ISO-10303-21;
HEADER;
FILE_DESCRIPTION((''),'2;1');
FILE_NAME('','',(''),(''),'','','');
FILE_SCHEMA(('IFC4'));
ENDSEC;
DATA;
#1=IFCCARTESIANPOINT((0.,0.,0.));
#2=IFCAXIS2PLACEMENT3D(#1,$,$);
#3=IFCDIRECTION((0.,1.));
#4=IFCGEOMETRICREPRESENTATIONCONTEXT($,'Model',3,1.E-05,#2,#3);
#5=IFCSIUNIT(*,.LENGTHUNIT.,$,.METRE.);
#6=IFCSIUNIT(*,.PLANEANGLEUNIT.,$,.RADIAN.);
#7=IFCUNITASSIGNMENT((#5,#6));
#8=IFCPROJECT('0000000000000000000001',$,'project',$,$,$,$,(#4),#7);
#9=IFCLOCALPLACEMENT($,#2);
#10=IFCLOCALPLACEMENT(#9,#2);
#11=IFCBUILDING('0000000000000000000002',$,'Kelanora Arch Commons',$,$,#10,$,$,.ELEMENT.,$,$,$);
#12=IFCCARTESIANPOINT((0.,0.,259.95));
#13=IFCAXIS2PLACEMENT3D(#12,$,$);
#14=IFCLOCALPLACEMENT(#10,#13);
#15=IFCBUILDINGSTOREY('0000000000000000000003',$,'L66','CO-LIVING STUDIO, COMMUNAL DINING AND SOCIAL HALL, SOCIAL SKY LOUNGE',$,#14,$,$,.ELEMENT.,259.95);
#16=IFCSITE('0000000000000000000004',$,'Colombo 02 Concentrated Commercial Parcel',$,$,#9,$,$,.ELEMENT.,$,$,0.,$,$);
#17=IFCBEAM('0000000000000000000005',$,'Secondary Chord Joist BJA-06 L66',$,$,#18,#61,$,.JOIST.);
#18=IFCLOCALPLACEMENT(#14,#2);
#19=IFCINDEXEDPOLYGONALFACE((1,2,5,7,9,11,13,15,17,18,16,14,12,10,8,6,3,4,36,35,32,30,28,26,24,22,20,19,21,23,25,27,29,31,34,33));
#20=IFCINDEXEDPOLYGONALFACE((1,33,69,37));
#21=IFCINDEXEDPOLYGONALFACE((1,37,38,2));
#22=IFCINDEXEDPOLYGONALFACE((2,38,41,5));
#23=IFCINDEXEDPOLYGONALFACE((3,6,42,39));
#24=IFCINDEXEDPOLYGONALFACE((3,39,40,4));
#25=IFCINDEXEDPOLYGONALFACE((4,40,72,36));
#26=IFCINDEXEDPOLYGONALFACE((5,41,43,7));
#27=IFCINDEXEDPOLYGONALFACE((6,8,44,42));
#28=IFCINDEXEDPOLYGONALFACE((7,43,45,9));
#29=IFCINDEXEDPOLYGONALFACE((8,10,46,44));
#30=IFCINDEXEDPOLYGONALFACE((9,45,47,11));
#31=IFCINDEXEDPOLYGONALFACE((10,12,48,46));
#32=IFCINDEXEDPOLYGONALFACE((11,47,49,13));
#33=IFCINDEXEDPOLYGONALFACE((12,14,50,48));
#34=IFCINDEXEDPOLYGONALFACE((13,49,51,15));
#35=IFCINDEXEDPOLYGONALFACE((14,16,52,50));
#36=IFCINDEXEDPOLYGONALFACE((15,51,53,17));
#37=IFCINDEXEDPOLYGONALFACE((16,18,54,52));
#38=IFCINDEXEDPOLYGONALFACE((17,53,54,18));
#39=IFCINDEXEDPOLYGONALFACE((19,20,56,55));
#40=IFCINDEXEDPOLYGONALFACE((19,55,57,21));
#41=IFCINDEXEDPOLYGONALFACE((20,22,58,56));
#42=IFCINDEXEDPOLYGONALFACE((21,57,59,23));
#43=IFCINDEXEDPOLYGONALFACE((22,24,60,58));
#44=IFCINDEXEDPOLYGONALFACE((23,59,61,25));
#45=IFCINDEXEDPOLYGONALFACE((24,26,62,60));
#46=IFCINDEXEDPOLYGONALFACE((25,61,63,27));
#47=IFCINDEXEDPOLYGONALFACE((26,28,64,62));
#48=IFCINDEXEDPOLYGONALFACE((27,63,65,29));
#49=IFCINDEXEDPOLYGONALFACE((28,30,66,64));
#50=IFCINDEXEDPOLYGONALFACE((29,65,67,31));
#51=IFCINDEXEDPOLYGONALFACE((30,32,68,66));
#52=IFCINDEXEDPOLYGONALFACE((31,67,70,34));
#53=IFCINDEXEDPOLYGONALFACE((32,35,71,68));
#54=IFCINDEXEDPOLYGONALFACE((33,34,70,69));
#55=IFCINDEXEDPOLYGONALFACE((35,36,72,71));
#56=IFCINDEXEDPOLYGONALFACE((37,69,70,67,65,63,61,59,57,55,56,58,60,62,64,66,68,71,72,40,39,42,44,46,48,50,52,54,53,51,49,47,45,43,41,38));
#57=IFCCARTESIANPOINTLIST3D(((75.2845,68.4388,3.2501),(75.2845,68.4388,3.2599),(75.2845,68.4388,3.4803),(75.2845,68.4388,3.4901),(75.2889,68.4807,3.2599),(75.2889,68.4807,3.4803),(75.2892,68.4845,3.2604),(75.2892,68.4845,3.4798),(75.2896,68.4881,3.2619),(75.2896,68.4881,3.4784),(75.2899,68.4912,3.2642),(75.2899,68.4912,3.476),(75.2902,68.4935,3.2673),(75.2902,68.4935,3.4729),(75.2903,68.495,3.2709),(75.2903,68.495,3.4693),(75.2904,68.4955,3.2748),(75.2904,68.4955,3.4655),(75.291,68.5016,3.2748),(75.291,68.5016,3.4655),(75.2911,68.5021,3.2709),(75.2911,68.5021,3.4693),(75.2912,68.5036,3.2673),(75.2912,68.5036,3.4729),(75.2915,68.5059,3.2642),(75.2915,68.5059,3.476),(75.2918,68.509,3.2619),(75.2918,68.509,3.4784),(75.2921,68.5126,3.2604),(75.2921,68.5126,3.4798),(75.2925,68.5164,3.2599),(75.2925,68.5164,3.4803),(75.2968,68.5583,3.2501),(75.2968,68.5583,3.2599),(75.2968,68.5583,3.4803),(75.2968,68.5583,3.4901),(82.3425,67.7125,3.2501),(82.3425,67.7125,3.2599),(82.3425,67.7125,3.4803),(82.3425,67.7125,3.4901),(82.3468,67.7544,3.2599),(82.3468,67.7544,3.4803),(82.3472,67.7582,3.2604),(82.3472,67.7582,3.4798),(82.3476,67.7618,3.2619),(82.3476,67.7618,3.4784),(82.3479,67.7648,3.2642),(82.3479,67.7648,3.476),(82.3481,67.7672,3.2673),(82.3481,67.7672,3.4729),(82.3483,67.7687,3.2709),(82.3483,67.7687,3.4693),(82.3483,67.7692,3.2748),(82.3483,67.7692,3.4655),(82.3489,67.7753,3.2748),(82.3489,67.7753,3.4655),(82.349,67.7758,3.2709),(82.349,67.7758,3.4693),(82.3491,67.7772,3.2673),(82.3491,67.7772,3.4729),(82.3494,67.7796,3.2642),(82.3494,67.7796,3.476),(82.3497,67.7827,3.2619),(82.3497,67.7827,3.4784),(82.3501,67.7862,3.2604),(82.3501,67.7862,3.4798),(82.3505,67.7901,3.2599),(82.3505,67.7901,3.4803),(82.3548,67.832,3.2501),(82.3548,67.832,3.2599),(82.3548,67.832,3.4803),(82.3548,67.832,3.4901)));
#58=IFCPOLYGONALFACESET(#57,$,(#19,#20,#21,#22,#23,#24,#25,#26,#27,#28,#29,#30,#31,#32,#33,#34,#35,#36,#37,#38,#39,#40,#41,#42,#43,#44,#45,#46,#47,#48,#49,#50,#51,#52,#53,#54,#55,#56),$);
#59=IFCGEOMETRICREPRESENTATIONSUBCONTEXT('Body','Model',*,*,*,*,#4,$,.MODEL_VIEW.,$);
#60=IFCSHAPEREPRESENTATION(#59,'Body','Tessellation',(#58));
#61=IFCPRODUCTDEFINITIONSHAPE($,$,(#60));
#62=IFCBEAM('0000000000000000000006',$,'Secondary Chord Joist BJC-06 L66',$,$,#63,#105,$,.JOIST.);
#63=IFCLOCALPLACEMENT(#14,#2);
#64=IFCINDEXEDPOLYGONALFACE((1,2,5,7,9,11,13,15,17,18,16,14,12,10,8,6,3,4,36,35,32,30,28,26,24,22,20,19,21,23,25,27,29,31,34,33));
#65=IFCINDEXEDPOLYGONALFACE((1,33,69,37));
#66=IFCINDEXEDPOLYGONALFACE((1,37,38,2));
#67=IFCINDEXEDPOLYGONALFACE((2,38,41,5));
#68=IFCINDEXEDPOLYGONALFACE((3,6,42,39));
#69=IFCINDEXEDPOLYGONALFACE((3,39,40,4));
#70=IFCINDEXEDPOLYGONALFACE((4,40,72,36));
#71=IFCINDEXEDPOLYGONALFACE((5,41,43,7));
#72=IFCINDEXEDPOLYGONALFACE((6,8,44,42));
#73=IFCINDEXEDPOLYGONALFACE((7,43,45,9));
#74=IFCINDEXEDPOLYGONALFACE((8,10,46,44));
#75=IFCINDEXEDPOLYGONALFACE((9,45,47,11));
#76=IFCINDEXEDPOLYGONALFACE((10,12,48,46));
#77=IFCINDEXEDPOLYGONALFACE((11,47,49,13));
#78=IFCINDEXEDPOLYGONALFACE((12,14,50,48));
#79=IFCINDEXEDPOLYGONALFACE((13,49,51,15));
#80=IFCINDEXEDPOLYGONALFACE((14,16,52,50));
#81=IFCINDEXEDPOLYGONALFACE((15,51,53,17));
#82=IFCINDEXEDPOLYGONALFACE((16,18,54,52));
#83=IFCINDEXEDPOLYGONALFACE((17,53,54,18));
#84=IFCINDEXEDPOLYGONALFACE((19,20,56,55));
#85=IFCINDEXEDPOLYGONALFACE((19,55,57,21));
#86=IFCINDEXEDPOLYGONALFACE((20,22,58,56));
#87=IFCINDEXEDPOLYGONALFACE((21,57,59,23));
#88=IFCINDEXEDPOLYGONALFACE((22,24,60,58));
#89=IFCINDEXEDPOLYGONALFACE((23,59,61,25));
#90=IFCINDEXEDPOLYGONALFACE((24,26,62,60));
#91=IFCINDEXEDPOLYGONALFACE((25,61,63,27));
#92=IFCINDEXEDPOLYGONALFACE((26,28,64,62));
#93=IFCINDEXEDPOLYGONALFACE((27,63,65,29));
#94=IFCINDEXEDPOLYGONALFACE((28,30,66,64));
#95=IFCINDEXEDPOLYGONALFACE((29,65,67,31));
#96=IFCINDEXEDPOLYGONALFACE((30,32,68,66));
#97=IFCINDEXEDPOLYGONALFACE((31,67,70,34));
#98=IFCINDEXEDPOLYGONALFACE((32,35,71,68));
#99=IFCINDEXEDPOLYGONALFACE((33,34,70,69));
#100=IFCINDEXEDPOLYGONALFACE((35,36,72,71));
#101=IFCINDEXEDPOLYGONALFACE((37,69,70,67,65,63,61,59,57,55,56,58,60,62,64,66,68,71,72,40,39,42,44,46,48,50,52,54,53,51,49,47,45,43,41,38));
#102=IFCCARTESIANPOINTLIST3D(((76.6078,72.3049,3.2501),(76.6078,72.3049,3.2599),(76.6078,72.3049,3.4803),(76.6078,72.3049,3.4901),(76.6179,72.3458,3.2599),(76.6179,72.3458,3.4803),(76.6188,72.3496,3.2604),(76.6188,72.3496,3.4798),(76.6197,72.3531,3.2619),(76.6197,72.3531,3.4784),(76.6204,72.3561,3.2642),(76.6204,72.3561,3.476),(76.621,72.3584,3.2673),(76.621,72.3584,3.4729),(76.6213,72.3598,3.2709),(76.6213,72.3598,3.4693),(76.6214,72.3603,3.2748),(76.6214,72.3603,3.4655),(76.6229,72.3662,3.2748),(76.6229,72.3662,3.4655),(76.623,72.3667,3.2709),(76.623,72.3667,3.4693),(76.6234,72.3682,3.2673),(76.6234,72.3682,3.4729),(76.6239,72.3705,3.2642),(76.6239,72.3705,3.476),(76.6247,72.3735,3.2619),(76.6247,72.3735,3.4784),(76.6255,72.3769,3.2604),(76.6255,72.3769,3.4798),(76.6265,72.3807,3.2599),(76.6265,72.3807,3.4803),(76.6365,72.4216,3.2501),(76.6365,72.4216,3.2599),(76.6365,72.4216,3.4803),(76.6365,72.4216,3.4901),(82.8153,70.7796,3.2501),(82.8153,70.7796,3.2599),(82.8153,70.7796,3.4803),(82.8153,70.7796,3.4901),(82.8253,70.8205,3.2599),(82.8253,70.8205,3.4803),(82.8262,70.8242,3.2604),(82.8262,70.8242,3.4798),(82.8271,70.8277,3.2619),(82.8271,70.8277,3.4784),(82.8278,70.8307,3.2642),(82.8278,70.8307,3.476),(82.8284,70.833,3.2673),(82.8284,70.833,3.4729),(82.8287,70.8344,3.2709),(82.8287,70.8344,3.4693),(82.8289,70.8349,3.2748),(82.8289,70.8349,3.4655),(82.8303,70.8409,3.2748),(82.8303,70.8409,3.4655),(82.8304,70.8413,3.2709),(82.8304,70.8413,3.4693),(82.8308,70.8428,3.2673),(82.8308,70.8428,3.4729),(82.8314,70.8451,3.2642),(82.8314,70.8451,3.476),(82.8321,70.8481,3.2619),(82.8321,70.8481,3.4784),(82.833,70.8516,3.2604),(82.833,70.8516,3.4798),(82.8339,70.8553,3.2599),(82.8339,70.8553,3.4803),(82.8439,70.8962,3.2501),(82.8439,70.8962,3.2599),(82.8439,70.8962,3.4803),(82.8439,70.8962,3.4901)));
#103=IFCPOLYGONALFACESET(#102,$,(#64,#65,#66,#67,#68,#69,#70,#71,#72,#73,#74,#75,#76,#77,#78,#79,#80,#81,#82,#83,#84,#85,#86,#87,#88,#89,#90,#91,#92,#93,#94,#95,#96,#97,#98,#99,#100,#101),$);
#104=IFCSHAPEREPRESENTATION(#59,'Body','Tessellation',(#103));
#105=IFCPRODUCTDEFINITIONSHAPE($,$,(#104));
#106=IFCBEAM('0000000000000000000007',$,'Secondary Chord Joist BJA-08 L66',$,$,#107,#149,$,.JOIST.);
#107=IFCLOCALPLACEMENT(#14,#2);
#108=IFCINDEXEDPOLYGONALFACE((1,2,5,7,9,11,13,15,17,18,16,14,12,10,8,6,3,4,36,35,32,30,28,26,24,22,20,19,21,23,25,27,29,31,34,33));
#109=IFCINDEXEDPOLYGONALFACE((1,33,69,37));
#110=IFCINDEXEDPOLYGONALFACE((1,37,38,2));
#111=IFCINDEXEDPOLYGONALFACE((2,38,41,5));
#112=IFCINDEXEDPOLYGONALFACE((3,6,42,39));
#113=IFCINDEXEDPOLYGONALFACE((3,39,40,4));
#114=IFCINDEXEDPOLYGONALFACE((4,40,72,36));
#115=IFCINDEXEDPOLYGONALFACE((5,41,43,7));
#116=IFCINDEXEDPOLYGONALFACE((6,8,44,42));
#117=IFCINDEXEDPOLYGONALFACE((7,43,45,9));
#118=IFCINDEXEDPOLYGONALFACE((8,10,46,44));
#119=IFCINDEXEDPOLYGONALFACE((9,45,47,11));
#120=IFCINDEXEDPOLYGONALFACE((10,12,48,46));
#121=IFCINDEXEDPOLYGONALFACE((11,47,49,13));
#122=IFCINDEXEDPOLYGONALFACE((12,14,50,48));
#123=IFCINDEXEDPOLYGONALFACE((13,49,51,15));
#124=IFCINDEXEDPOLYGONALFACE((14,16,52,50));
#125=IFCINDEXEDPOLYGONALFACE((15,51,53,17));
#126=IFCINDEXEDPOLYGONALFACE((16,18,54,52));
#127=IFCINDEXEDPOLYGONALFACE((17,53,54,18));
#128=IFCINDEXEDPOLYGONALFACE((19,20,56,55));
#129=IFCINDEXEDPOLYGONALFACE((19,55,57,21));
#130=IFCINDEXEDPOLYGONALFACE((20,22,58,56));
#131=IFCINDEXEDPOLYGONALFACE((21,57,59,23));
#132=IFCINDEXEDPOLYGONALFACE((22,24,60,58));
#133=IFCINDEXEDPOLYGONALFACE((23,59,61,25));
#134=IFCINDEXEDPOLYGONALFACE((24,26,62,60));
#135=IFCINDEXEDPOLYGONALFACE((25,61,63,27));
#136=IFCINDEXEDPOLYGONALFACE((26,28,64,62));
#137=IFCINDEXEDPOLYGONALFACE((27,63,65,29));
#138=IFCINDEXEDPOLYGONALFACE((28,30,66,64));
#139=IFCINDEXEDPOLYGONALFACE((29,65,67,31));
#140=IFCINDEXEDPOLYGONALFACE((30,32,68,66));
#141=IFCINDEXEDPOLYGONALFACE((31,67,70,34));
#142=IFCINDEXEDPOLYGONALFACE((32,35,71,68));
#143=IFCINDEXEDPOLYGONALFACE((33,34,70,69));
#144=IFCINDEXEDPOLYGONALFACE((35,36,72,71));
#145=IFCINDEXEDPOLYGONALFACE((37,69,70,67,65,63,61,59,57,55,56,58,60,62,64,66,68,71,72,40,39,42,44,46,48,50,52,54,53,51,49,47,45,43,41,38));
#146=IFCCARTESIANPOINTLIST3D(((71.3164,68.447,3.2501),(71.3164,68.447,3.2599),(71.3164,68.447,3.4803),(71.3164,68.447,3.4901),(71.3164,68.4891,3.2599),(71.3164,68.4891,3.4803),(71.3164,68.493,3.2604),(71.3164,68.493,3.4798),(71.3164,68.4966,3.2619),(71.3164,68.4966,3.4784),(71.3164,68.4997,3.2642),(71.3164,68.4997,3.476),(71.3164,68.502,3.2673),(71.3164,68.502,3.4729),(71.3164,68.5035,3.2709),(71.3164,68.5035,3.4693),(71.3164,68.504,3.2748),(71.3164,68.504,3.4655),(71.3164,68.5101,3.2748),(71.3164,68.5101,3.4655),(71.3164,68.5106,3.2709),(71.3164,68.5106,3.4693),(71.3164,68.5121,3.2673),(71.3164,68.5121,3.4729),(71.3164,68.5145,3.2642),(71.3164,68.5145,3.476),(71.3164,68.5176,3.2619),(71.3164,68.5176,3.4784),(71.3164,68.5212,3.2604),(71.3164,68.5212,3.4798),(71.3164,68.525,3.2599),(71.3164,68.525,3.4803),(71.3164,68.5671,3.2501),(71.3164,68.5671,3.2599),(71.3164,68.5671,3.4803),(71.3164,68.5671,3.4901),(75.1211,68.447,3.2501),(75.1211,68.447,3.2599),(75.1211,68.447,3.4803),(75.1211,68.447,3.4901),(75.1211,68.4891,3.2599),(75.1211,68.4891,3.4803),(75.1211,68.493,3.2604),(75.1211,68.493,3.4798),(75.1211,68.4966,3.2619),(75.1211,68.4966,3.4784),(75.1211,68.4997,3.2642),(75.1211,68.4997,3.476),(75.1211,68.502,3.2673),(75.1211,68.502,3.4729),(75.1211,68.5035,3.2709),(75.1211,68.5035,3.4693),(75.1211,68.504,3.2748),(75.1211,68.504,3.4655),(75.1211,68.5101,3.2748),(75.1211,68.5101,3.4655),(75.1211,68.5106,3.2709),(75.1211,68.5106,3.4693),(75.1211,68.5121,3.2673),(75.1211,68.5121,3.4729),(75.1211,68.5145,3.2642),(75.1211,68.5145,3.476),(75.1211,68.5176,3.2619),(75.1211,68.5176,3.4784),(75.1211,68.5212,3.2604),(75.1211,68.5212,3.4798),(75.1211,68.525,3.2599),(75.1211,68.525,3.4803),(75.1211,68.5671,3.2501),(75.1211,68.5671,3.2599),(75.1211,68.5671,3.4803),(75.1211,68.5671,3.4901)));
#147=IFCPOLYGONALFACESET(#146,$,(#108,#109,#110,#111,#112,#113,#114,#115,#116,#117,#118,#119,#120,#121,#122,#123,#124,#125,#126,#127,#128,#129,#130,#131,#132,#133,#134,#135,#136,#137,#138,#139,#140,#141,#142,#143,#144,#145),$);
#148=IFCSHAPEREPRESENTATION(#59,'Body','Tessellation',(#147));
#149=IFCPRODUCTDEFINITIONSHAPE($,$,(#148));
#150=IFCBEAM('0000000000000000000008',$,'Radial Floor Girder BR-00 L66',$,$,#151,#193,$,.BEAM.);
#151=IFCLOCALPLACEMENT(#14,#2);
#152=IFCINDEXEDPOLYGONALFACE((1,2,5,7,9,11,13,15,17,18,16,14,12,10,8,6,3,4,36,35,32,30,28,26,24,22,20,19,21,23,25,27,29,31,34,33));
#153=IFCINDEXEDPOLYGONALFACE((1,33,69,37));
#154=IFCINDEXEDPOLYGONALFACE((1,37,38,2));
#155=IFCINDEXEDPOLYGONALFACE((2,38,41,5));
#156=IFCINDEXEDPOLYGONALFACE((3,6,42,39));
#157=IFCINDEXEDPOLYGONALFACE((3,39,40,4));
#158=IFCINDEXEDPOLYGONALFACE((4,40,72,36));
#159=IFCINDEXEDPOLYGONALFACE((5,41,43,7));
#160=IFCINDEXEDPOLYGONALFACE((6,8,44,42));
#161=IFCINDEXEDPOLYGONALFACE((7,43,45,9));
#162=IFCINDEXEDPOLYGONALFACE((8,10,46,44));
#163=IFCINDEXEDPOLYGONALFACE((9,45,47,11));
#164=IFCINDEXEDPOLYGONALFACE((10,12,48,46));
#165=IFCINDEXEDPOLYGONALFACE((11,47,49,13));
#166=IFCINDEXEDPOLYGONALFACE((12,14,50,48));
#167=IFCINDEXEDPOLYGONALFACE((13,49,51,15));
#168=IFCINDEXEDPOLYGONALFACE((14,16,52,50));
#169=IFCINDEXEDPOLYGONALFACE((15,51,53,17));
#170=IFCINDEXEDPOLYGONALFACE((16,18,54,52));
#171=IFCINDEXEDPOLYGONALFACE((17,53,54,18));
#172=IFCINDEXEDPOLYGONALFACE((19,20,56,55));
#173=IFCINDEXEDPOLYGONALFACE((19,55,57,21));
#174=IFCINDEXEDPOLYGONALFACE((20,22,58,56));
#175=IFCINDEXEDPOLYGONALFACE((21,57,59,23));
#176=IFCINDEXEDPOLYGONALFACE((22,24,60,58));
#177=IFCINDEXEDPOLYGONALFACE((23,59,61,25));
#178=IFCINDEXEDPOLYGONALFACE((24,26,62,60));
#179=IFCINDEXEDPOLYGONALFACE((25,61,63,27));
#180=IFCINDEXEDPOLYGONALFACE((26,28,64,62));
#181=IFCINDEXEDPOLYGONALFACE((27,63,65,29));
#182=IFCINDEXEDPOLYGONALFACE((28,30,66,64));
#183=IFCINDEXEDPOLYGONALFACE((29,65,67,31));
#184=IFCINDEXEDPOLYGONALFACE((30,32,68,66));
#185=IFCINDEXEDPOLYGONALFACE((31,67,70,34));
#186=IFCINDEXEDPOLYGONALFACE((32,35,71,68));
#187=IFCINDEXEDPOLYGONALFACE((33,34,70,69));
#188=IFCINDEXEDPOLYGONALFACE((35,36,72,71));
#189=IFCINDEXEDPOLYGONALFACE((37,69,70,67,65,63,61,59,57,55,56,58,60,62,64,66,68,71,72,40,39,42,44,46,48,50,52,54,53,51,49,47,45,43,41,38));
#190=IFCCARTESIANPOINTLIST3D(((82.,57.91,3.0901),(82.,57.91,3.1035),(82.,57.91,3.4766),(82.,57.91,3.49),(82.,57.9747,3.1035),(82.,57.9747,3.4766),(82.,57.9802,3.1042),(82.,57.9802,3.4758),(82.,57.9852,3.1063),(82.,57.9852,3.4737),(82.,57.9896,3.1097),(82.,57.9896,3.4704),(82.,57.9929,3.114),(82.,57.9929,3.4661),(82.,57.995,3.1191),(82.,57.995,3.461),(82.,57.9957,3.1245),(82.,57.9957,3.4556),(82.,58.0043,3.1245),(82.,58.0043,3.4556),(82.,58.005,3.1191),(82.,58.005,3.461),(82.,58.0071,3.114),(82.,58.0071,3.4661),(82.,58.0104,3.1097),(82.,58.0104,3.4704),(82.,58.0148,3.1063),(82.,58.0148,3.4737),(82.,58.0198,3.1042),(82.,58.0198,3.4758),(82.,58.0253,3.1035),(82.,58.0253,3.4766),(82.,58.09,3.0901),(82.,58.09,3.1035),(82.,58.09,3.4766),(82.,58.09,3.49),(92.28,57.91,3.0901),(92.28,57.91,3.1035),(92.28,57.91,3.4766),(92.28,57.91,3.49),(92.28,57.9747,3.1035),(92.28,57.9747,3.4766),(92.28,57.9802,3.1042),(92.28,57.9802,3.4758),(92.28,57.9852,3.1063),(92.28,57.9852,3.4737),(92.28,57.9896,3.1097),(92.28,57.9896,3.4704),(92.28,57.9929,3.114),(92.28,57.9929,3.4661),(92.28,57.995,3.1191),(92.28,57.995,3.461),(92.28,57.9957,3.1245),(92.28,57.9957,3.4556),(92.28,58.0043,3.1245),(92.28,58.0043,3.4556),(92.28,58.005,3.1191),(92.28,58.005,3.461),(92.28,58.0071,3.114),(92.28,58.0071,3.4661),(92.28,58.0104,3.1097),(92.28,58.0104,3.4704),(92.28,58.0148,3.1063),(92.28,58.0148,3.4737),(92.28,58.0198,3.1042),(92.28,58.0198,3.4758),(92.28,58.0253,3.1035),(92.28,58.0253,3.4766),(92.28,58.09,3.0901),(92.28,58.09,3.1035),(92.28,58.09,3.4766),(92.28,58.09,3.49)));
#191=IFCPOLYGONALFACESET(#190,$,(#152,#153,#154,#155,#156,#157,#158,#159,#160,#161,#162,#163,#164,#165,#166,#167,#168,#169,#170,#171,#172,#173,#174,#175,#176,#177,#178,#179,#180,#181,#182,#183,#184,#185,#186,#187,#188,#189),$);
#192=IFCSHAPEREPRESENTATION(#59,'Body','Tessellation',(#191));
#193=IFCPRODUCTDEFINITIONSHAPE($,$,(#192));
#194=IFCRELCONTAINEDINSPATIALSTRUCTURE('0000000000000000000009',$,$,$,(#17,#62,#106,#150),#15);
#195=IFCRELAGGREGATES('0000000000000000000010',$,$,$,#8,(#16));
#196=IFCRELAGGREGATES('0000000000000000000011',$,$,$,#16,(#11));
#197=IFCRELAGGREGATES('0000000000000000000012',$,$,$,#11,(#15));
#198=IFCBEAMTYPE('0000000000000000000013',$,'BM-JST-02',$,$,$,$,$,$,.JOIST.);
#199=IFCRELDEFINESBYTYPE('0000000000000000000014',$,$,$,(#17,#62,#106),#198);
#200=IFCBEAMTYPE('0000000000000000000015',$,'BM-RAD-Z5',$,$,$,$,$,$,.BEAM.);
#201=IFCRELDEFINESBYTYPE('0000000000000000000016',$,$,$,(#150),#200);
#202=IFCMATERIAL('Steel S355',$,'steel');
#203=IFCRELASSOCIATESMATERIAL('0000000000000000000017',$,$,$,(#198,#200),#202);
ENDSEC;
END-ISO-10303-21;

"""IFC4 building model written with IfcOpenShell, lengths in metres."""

from ifc_helpers import new_model, si_unit, direction, frame, origin, origin_2d, place, context, subcontext, project, spatial, i_section, extrude, material, material_profile, profile_set, type_object, element, save


model = new_model("IFC4")

# Units and contexts
model_context = context("Model", 3, precision=1e-05, world=origin(), true_north=direction((0.0, 1.0)))
body_context = subcontext(model_context, "Body", "Model", "MODEL_VIEW")
ifc_project = project(units=[si_unit("LENGTHUNIT", "METRE"), si_unit("PLANEANGLEUNIT", "RADIAN")], contexts=[model_context])

# Site, building, storey
site_placement = place(None, origin())
site = spatial("IfcSite", under=ifc_project, at=site_placement, Name="Colombo 02 Concentrated Commercial Parcel", CompositionType="ELEMENT", RefElevation=0.0)
building_placement = place(site_placement, origin())
building = spatial("IfcBuilding", under=site, at=building_placement, Name="Kelanora Arch Commons", CompositionType="ELEMENT")
storey_placement = place(building_placement, frame((0.0, 0.0, 259.95)))
storey = spatial("IfcBuildingStorey", under=building, at=storey_placement, Name="L66", Description="CO-LIVING STUDIO, COMMUNAL DINING AND SOCIAL HALL, SOCIAL SKY LOUNGE", CompositionType="ELEMENT", Elevation=259.95)

# Beams
ifc_material_1 = material(Name="Steel S355", Category="steel")
ifc_material_profile_1 = material_profile(ifc_material_1, i_section(OverallWidth=0.1201, OverallDepth=0.24, WebThickness=0.0061, FlangeThickness=0.0098, FilletRadius=0.0149, at=origin_2d()), Name="IPE240")
ifc_profile_set_1 = profile_set([ifc_material_profile_1], Name="Steel S355")
beam_type_1 = type_object("IfcBeamType", Name="BM-JST-02", PredefinedType="JOIST", material=ifc_profile_set_1)
beam_1_placement = place(storey_placement, frame((82.3486, 67.7722, 3.3701), z_axis=(-0.994747, 0.102369, 0.0), x_axis=(-0.102369, -0.994747, 0.0)))
element("IfcBeam", 1, at=beam_1_placement, inside=storey, type_object=beam_type_1, Name="Secondary Chord Joist BJA-06 L66", PredefinedType="JOIST", context=body_context, shape_type="SweptSolid", body=[
    extrude(i_section(OverallWidth=0.1201, OverallDepth=0.24, WebThickness=0.0061, FlangeThickness=0.0098, FilletRadius=0.0149, at=origin_2d()), origin(), (0.0, 0.0, 1.0), 7.0952),
])
beam_2_placement = place(storey_placement, frame((82.8296, 70.8379, 3.3701), z_axis=(-0.97111, 0.238633, 0.0), x_axis=(-0.238633, -0.97111, 0.0)))
element("IfcBeam", 2, at=beam_2_placement, inside=storey, type_object=beam_type_1, Name="Secondary Chord Joist BJC-06 L66", PredefinedType="JOIST", context=body_context, shape_type="SweptSolid", body=[
    extrude(i_section(OverallWidth=0.1201, OverallDepth=0.24, WebThickness=0.0061, FlangeThickness=0.0098, FilletRadius=0.0149, at=origin_2d()), origin(), (0.0, 0.0, 1.0), 6.3921),
])
beam_3_placement = place(storey_placement, frame((75.1211, 68.5071, 3.3701), z_axis=(-1.0, 0.0, 0.0), x_axis=(0.0, -1.0, 0.0)))
element("IfcBeam", 3, at=beam_3_placement, inside=storey, type_object=beam_type_1, Name="Secondary Chord Joist BJA-08 L66", PredefinedType="JOIST", context=body_context, shape_type="SweptSolid", body=[
    extrude(i_section(OverallWidth=0.1201, OverallDepth=0.24, WebThickness=0.0061, FlangeThickness=0.0098, FilletRadius=0.0149, at=origin_2d()), origin(), (0.0, 0.0, 1.0), 3.8047),
])
ifc_material_profile_2 = material_profile(ifc_material_1, i_section(OverallWidth=0.1799, OverallDepth=0.3999, WebThickness=0.0085, FlangeThickness=0.0134, FilletRadius=0.021, at=origin_2d()), Name="IPE400")
ifc_profile_set_2 = profile_set([ifc_material_profile_2], Name="Steel S355")
beam_type_2 = type_object("IfcBeamType", Name="BM-RAD-Z5", PredefinedType="BEAM", material=ifc_profile_set_2)
beam_4_placement = place(storey_placement, frame((82.0, 58.0, 3.29), z_axis=(1.0, 0.0, 0.0), x_axis=(0.0, 1.0, 0.0)))
element("IfcBeam", 4, at=beam_4_placement, inside=storey, type_object=beam_type_2, Name="Radial Floor Girder BR-00 L66", PredefinedType="BEAM", context=body_context, shape_type="SweptSolid", body=[
    extrude(i_section(OverallWidth=0.1799, OverallDepth=0.3999, WebThickness=0.0085, FlangeThickness=0.0134, FilletRadius=0.021, at=origin_2d()), origin(), (0.0, 0.0, 1.0), 10.28),
])

save(model, "model.ifc")
